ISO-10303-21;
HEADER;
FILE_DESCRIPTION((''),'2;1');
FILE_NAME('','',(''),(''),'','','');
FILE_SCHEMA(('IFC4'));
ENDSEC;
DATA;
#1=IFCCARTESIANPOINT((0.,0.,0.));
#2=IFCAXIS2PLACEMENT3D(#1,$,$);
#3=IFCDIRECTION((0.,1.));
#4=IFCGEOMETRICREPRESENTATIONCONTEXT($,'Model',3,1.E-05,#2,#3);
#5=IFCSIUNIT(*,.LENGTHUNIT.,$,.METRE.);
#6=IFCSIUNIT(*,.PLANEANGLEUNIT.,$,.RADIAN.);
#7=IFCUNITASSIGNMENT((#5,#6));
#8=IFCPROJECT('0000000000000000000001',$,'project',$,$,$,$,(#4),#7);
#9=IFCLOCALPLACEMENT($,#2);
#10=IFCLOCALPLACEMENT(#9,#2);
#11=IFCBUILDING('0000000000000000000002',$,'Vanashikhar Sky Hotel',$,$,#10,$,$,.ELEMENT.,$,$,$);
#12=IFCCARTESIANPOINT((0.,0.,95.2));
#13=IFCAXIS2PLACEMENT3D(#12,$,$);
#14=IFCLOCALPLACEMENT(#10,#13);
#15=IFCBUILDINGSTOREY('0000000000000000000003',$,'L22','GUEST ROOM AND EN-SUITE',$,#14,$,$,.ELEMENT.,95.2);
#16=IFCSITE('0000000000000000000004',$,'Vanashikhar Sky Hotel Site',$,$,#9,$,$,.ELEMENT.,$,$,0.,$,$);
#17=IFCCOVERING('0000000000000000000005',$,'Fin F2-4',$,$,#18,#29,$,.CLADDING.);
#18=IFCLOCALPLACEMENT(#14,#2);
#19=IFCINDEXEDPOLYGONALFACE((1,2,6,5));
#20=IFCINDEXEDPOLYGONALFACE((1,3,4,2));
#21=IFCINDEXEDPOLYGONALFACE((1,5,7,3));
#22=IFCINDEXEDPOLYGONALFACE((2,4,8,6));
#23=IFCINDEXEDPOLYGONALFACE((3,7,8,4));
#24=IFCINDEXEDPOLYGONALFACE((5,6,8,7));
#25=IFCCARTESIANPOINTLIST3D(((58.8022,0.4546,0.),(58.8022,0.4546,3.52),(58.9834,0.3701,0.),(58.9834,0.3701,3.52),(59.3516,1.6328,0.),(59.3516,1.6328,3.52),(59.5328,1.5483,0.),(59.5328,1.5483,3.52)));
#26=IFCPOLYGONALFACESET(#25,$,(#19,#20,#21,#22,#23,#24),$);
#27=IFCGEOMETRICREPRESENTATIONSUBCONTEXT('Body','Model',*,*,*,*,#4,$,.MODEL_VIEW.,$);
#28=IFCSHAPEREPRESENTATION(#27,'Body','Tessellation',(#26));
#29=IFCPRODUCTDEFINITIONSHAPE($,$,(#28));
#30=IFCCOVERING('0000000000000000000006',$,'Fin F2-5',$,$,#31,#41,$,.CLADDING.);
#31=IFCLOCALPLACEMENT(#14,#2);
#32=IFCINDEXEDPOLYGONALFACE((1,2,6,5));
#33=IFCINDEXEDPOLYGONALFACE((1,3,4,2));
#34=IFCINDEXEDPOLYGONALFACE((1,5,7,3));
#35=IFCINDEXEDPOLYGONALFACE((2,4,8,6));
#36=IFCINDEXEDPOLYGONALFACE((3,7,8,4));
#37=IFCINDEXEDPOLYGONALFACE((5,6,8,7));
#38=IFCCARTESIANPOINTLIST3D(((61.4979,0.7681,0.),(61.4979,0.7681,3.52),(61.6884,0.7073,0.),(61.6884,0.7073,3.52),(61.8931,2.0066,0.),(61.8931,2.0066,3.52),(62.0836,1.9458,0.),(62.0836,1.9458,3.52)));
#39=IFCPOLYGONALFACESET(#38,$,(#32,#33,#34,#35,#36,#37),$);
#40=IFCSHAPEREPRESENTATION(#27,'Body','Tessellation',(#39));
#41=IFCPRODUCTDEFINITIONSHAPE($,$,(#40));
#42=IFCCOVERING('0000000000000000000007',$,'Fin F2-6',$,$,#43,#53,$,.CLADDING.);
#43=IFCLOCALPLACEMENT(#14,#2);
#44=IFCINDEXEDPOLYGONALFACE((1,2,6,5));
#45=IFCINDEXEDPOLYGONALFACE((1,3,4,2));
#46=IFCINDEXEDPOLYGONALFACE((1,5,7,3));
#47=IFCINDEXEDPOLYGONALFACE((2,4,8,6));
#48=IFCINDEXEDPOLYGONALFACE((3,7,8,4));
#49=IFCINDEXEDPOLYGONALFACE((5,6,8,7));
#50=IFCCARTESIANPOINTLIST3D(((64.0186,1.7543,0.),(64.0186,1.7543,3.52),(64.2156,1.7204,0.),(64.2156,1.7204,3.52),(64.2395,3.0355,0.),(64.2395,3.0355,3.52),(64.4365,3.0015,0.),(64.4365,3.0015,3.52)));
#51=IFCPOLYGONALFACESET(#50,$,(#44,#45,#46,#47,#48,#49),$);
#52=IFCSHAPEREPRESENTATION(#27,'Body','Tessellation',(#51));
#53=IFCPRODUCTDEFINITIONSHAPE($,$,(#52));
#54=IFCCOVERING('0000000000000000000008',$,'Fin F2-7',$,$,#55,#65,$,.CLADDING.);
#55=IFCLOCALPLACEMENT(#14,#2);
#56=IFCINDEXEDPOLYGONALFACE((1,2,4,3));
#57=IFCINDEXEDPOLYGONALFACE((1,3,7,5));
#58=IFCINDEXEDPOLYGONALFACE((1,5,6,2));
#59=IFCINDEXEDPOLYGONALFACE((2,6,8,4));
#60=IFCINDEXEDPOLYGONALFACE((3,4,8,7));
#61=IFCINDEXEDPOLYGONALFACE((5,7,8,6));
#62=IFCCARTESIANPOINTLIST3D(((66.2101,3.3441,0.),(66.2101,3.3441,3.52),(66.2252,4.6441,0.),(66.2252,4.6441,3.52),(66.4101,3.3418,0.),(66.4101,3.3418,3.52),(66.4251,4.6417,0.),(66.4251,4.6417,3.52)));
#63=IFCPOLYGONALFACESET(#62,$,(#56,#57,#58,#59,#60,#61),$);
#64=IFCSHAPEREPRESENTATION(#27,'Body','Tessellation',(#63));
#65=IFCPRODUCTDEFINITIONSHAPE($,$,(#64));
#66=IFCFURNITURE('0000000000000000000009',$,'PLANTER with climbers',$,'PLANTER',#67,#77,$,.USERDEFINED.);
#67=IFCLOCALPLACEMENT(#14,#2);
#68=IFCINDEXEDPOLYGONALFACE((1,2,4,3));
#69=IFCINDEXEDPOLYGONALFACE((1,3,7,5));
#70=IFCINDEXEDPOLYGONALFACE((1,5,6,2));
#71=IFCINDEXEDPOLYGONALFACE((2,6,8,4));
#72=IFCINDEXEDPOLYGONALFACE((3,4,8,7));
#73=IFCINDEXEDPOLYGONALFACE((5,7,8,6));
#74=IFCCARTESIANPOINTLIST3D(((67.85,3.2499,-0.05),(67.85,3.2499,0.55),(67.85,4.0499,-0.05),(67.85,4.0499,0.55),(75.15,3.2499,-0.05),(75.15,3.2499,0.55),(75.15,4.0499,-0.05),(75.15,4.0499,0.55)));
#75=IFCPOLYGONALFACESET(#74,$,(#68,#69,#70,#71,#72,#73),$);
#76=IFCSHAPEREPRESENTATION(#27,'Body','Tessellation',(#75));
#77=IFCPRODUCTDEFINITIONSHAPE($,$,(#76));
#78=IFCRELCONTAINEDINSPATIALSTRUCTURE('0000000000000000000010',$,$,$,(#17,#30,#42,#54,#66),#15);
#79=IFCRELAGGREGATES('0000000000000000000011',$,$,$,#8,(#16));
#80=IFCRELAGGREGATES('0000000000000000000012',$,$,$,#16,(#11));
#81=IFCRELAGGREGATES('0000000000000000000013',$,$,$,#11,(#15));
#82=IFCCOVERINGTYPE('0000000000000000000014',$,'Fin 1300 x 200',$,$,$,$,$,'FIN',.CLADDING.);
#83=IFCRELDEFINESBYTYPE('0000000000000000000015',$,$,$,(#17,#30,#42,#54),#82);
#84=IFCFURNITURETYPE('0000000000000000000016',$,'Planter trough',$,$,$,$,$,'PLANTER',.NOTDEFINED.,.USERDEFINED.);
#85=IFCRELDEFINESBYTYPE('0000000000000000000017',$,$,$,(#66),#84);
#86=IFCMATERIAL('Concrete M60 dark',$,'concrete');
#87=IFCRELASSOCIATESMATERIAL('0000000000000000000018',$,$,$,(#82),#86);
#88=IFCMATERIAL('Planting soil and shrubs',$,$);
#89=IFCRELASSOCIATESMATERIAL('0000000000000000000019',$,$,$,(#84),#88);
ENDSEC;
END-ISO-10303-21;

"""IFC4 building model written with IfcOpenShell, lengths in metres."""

from ifc_helpers import new_model, si_unit, direction, frame, origin, origin_2d, place, context, subcontext, project, spatial, rectangle, extrude, source, transform, mapped, material, material_profile, profile_set, type_object, element, save


model = new_model("IFC4")

# Units and contexts
model_context = context("Model", 3, precision=1e-05, world=origin(), true_north=direction((0.0, 1.0)))
body_context = subcontext(model_context, "Body", "Model", "MODEL_VIEW")
ifc_project = project(units=[si_unit("LENGTHUNIT", "METRE"), si_unit("PLANEANGLEUNIT", "RADIAN")], contexts=[model_context])

# Site, building, storey
site_placement = place(None, origin())
site = spatial("IfcSite", under=ifc_project, at=site_placement, Name="Vanashikhar Sky Hotel Site", CompositionType="ELEMENT", RefElevation=0.0)
building_placement = place(site_placement, origin())
building = spatial("IfcBuilding", under=site, at=building_placement, Name="Vanashikhar Sky Hotel", CompositionType="ELEMENT")
storey_placement = place(building_placement, frame((0.0, 0.0, 95.2)))
storey = spatial("IfcBuildingStorey", under=building, at=storey_placement, Name="L22", Description="GUEST ROOM AND EN-SUITE", CompositionType="ELEMENT", Elevation=95.2)

# Coverings
ifc_material_1 = material(Name="Concrete M60 dark", Category="concrete")
ifc_material_profile = material_profile(ifc_material_1, rectangle(XDim=1.3, YDim=0.2, at=origin_2d()))
ifc_profile_set = profile_set([ifc_material_profile], Name="Fin 1300 x 200")
covering_type_1 = type_object("IfcCoveringType", Name="Fin 1300 x 200", ElementType="FIN", PredefinedType="CLADDING", material=ifc_profile_set)
shared_shape_1 = source(origin(), body_context, "Body", "SweptSolid", [
    extrude(rectangle(XDim=1.3, YDim=0.2, at=origin_2d()), origin(), (0.0, 0.0, 1.0), 3.52),
])
for number, where, z_axis, x_axis, name in (
    (1, (59.1675, 1.0015, 0.0), (0.0, 0.0, 1.0), (-0.422618, -0.906308, 0.0), "Fin F2-4"),
    (2, (61.7908, 1.3569, 0.0), (0.0, 0.0, 1.0), (-0.303967, -0.952683, 0.0), "Fin F2-5"),
    (3, (64.2275, 2.3779, 0.0), (0.0, 0.0, 1.0), (-0.1699, -0.985461, 0.0), "Fin F2-6"),
    (4, (66.3176, 3.9929, 0.0), (0.0, 0.0, 1.0), (-0.011589, -0.999933, 0.0), "Fin F2-7"),
):
    element("IfcCovering", number, at=place(storey_placement, frame(where, z_axis=z_axis, x_axis=x_axis)), inside=storey, type_object=covering_type_1, Name=name, PredefinedType="CLADDING", context=body_context, shape_type="MappedRepresentation", body=[
        mapped(shared_shape_1, transform((0.0, 0.0, 0.0), scale=1.0)),
    ])

# Furniture
ifc_material_2 = material(Name="Planting soil and shrubs")
furniture_type = type_object("IfcFurnitureType", Name="Planter trough", ElementType="PLANTER", AssemblyPlace="NOTDEFINED", PredefinedType="USERDEFINED", material=ifc_material_2)
shared_shape_2 = source(origin(), body_context, "Body", "SweptSolid", [
    extrude(rectangle(XDim=7.3, YDim=0.8, at=origin_2d()), origin(), (0.0, 0.0, 1.0), 0.6001),
])
furniture_placement = place(storey_placement, frame((71.5, 3.6499, -0.05), z_axis=(0.0, 0.0, 1.0), x_axis=(1.0, 0.0, 0.0)))
element("IfcFurniture", 5, at=furniture_placement, inside=storey, type_object=furniture_type, Name="PLANTER with climbers", ObjectType="PLANTER", PredefinedType="USERDEFINED", context=body_context, shape_type="MappedRepresentation", body=[
    mapped(shared_shape_2, transform((0.0, 0.0, 0.0), scale=1.0)),
])

save(model, "model.ifc")
